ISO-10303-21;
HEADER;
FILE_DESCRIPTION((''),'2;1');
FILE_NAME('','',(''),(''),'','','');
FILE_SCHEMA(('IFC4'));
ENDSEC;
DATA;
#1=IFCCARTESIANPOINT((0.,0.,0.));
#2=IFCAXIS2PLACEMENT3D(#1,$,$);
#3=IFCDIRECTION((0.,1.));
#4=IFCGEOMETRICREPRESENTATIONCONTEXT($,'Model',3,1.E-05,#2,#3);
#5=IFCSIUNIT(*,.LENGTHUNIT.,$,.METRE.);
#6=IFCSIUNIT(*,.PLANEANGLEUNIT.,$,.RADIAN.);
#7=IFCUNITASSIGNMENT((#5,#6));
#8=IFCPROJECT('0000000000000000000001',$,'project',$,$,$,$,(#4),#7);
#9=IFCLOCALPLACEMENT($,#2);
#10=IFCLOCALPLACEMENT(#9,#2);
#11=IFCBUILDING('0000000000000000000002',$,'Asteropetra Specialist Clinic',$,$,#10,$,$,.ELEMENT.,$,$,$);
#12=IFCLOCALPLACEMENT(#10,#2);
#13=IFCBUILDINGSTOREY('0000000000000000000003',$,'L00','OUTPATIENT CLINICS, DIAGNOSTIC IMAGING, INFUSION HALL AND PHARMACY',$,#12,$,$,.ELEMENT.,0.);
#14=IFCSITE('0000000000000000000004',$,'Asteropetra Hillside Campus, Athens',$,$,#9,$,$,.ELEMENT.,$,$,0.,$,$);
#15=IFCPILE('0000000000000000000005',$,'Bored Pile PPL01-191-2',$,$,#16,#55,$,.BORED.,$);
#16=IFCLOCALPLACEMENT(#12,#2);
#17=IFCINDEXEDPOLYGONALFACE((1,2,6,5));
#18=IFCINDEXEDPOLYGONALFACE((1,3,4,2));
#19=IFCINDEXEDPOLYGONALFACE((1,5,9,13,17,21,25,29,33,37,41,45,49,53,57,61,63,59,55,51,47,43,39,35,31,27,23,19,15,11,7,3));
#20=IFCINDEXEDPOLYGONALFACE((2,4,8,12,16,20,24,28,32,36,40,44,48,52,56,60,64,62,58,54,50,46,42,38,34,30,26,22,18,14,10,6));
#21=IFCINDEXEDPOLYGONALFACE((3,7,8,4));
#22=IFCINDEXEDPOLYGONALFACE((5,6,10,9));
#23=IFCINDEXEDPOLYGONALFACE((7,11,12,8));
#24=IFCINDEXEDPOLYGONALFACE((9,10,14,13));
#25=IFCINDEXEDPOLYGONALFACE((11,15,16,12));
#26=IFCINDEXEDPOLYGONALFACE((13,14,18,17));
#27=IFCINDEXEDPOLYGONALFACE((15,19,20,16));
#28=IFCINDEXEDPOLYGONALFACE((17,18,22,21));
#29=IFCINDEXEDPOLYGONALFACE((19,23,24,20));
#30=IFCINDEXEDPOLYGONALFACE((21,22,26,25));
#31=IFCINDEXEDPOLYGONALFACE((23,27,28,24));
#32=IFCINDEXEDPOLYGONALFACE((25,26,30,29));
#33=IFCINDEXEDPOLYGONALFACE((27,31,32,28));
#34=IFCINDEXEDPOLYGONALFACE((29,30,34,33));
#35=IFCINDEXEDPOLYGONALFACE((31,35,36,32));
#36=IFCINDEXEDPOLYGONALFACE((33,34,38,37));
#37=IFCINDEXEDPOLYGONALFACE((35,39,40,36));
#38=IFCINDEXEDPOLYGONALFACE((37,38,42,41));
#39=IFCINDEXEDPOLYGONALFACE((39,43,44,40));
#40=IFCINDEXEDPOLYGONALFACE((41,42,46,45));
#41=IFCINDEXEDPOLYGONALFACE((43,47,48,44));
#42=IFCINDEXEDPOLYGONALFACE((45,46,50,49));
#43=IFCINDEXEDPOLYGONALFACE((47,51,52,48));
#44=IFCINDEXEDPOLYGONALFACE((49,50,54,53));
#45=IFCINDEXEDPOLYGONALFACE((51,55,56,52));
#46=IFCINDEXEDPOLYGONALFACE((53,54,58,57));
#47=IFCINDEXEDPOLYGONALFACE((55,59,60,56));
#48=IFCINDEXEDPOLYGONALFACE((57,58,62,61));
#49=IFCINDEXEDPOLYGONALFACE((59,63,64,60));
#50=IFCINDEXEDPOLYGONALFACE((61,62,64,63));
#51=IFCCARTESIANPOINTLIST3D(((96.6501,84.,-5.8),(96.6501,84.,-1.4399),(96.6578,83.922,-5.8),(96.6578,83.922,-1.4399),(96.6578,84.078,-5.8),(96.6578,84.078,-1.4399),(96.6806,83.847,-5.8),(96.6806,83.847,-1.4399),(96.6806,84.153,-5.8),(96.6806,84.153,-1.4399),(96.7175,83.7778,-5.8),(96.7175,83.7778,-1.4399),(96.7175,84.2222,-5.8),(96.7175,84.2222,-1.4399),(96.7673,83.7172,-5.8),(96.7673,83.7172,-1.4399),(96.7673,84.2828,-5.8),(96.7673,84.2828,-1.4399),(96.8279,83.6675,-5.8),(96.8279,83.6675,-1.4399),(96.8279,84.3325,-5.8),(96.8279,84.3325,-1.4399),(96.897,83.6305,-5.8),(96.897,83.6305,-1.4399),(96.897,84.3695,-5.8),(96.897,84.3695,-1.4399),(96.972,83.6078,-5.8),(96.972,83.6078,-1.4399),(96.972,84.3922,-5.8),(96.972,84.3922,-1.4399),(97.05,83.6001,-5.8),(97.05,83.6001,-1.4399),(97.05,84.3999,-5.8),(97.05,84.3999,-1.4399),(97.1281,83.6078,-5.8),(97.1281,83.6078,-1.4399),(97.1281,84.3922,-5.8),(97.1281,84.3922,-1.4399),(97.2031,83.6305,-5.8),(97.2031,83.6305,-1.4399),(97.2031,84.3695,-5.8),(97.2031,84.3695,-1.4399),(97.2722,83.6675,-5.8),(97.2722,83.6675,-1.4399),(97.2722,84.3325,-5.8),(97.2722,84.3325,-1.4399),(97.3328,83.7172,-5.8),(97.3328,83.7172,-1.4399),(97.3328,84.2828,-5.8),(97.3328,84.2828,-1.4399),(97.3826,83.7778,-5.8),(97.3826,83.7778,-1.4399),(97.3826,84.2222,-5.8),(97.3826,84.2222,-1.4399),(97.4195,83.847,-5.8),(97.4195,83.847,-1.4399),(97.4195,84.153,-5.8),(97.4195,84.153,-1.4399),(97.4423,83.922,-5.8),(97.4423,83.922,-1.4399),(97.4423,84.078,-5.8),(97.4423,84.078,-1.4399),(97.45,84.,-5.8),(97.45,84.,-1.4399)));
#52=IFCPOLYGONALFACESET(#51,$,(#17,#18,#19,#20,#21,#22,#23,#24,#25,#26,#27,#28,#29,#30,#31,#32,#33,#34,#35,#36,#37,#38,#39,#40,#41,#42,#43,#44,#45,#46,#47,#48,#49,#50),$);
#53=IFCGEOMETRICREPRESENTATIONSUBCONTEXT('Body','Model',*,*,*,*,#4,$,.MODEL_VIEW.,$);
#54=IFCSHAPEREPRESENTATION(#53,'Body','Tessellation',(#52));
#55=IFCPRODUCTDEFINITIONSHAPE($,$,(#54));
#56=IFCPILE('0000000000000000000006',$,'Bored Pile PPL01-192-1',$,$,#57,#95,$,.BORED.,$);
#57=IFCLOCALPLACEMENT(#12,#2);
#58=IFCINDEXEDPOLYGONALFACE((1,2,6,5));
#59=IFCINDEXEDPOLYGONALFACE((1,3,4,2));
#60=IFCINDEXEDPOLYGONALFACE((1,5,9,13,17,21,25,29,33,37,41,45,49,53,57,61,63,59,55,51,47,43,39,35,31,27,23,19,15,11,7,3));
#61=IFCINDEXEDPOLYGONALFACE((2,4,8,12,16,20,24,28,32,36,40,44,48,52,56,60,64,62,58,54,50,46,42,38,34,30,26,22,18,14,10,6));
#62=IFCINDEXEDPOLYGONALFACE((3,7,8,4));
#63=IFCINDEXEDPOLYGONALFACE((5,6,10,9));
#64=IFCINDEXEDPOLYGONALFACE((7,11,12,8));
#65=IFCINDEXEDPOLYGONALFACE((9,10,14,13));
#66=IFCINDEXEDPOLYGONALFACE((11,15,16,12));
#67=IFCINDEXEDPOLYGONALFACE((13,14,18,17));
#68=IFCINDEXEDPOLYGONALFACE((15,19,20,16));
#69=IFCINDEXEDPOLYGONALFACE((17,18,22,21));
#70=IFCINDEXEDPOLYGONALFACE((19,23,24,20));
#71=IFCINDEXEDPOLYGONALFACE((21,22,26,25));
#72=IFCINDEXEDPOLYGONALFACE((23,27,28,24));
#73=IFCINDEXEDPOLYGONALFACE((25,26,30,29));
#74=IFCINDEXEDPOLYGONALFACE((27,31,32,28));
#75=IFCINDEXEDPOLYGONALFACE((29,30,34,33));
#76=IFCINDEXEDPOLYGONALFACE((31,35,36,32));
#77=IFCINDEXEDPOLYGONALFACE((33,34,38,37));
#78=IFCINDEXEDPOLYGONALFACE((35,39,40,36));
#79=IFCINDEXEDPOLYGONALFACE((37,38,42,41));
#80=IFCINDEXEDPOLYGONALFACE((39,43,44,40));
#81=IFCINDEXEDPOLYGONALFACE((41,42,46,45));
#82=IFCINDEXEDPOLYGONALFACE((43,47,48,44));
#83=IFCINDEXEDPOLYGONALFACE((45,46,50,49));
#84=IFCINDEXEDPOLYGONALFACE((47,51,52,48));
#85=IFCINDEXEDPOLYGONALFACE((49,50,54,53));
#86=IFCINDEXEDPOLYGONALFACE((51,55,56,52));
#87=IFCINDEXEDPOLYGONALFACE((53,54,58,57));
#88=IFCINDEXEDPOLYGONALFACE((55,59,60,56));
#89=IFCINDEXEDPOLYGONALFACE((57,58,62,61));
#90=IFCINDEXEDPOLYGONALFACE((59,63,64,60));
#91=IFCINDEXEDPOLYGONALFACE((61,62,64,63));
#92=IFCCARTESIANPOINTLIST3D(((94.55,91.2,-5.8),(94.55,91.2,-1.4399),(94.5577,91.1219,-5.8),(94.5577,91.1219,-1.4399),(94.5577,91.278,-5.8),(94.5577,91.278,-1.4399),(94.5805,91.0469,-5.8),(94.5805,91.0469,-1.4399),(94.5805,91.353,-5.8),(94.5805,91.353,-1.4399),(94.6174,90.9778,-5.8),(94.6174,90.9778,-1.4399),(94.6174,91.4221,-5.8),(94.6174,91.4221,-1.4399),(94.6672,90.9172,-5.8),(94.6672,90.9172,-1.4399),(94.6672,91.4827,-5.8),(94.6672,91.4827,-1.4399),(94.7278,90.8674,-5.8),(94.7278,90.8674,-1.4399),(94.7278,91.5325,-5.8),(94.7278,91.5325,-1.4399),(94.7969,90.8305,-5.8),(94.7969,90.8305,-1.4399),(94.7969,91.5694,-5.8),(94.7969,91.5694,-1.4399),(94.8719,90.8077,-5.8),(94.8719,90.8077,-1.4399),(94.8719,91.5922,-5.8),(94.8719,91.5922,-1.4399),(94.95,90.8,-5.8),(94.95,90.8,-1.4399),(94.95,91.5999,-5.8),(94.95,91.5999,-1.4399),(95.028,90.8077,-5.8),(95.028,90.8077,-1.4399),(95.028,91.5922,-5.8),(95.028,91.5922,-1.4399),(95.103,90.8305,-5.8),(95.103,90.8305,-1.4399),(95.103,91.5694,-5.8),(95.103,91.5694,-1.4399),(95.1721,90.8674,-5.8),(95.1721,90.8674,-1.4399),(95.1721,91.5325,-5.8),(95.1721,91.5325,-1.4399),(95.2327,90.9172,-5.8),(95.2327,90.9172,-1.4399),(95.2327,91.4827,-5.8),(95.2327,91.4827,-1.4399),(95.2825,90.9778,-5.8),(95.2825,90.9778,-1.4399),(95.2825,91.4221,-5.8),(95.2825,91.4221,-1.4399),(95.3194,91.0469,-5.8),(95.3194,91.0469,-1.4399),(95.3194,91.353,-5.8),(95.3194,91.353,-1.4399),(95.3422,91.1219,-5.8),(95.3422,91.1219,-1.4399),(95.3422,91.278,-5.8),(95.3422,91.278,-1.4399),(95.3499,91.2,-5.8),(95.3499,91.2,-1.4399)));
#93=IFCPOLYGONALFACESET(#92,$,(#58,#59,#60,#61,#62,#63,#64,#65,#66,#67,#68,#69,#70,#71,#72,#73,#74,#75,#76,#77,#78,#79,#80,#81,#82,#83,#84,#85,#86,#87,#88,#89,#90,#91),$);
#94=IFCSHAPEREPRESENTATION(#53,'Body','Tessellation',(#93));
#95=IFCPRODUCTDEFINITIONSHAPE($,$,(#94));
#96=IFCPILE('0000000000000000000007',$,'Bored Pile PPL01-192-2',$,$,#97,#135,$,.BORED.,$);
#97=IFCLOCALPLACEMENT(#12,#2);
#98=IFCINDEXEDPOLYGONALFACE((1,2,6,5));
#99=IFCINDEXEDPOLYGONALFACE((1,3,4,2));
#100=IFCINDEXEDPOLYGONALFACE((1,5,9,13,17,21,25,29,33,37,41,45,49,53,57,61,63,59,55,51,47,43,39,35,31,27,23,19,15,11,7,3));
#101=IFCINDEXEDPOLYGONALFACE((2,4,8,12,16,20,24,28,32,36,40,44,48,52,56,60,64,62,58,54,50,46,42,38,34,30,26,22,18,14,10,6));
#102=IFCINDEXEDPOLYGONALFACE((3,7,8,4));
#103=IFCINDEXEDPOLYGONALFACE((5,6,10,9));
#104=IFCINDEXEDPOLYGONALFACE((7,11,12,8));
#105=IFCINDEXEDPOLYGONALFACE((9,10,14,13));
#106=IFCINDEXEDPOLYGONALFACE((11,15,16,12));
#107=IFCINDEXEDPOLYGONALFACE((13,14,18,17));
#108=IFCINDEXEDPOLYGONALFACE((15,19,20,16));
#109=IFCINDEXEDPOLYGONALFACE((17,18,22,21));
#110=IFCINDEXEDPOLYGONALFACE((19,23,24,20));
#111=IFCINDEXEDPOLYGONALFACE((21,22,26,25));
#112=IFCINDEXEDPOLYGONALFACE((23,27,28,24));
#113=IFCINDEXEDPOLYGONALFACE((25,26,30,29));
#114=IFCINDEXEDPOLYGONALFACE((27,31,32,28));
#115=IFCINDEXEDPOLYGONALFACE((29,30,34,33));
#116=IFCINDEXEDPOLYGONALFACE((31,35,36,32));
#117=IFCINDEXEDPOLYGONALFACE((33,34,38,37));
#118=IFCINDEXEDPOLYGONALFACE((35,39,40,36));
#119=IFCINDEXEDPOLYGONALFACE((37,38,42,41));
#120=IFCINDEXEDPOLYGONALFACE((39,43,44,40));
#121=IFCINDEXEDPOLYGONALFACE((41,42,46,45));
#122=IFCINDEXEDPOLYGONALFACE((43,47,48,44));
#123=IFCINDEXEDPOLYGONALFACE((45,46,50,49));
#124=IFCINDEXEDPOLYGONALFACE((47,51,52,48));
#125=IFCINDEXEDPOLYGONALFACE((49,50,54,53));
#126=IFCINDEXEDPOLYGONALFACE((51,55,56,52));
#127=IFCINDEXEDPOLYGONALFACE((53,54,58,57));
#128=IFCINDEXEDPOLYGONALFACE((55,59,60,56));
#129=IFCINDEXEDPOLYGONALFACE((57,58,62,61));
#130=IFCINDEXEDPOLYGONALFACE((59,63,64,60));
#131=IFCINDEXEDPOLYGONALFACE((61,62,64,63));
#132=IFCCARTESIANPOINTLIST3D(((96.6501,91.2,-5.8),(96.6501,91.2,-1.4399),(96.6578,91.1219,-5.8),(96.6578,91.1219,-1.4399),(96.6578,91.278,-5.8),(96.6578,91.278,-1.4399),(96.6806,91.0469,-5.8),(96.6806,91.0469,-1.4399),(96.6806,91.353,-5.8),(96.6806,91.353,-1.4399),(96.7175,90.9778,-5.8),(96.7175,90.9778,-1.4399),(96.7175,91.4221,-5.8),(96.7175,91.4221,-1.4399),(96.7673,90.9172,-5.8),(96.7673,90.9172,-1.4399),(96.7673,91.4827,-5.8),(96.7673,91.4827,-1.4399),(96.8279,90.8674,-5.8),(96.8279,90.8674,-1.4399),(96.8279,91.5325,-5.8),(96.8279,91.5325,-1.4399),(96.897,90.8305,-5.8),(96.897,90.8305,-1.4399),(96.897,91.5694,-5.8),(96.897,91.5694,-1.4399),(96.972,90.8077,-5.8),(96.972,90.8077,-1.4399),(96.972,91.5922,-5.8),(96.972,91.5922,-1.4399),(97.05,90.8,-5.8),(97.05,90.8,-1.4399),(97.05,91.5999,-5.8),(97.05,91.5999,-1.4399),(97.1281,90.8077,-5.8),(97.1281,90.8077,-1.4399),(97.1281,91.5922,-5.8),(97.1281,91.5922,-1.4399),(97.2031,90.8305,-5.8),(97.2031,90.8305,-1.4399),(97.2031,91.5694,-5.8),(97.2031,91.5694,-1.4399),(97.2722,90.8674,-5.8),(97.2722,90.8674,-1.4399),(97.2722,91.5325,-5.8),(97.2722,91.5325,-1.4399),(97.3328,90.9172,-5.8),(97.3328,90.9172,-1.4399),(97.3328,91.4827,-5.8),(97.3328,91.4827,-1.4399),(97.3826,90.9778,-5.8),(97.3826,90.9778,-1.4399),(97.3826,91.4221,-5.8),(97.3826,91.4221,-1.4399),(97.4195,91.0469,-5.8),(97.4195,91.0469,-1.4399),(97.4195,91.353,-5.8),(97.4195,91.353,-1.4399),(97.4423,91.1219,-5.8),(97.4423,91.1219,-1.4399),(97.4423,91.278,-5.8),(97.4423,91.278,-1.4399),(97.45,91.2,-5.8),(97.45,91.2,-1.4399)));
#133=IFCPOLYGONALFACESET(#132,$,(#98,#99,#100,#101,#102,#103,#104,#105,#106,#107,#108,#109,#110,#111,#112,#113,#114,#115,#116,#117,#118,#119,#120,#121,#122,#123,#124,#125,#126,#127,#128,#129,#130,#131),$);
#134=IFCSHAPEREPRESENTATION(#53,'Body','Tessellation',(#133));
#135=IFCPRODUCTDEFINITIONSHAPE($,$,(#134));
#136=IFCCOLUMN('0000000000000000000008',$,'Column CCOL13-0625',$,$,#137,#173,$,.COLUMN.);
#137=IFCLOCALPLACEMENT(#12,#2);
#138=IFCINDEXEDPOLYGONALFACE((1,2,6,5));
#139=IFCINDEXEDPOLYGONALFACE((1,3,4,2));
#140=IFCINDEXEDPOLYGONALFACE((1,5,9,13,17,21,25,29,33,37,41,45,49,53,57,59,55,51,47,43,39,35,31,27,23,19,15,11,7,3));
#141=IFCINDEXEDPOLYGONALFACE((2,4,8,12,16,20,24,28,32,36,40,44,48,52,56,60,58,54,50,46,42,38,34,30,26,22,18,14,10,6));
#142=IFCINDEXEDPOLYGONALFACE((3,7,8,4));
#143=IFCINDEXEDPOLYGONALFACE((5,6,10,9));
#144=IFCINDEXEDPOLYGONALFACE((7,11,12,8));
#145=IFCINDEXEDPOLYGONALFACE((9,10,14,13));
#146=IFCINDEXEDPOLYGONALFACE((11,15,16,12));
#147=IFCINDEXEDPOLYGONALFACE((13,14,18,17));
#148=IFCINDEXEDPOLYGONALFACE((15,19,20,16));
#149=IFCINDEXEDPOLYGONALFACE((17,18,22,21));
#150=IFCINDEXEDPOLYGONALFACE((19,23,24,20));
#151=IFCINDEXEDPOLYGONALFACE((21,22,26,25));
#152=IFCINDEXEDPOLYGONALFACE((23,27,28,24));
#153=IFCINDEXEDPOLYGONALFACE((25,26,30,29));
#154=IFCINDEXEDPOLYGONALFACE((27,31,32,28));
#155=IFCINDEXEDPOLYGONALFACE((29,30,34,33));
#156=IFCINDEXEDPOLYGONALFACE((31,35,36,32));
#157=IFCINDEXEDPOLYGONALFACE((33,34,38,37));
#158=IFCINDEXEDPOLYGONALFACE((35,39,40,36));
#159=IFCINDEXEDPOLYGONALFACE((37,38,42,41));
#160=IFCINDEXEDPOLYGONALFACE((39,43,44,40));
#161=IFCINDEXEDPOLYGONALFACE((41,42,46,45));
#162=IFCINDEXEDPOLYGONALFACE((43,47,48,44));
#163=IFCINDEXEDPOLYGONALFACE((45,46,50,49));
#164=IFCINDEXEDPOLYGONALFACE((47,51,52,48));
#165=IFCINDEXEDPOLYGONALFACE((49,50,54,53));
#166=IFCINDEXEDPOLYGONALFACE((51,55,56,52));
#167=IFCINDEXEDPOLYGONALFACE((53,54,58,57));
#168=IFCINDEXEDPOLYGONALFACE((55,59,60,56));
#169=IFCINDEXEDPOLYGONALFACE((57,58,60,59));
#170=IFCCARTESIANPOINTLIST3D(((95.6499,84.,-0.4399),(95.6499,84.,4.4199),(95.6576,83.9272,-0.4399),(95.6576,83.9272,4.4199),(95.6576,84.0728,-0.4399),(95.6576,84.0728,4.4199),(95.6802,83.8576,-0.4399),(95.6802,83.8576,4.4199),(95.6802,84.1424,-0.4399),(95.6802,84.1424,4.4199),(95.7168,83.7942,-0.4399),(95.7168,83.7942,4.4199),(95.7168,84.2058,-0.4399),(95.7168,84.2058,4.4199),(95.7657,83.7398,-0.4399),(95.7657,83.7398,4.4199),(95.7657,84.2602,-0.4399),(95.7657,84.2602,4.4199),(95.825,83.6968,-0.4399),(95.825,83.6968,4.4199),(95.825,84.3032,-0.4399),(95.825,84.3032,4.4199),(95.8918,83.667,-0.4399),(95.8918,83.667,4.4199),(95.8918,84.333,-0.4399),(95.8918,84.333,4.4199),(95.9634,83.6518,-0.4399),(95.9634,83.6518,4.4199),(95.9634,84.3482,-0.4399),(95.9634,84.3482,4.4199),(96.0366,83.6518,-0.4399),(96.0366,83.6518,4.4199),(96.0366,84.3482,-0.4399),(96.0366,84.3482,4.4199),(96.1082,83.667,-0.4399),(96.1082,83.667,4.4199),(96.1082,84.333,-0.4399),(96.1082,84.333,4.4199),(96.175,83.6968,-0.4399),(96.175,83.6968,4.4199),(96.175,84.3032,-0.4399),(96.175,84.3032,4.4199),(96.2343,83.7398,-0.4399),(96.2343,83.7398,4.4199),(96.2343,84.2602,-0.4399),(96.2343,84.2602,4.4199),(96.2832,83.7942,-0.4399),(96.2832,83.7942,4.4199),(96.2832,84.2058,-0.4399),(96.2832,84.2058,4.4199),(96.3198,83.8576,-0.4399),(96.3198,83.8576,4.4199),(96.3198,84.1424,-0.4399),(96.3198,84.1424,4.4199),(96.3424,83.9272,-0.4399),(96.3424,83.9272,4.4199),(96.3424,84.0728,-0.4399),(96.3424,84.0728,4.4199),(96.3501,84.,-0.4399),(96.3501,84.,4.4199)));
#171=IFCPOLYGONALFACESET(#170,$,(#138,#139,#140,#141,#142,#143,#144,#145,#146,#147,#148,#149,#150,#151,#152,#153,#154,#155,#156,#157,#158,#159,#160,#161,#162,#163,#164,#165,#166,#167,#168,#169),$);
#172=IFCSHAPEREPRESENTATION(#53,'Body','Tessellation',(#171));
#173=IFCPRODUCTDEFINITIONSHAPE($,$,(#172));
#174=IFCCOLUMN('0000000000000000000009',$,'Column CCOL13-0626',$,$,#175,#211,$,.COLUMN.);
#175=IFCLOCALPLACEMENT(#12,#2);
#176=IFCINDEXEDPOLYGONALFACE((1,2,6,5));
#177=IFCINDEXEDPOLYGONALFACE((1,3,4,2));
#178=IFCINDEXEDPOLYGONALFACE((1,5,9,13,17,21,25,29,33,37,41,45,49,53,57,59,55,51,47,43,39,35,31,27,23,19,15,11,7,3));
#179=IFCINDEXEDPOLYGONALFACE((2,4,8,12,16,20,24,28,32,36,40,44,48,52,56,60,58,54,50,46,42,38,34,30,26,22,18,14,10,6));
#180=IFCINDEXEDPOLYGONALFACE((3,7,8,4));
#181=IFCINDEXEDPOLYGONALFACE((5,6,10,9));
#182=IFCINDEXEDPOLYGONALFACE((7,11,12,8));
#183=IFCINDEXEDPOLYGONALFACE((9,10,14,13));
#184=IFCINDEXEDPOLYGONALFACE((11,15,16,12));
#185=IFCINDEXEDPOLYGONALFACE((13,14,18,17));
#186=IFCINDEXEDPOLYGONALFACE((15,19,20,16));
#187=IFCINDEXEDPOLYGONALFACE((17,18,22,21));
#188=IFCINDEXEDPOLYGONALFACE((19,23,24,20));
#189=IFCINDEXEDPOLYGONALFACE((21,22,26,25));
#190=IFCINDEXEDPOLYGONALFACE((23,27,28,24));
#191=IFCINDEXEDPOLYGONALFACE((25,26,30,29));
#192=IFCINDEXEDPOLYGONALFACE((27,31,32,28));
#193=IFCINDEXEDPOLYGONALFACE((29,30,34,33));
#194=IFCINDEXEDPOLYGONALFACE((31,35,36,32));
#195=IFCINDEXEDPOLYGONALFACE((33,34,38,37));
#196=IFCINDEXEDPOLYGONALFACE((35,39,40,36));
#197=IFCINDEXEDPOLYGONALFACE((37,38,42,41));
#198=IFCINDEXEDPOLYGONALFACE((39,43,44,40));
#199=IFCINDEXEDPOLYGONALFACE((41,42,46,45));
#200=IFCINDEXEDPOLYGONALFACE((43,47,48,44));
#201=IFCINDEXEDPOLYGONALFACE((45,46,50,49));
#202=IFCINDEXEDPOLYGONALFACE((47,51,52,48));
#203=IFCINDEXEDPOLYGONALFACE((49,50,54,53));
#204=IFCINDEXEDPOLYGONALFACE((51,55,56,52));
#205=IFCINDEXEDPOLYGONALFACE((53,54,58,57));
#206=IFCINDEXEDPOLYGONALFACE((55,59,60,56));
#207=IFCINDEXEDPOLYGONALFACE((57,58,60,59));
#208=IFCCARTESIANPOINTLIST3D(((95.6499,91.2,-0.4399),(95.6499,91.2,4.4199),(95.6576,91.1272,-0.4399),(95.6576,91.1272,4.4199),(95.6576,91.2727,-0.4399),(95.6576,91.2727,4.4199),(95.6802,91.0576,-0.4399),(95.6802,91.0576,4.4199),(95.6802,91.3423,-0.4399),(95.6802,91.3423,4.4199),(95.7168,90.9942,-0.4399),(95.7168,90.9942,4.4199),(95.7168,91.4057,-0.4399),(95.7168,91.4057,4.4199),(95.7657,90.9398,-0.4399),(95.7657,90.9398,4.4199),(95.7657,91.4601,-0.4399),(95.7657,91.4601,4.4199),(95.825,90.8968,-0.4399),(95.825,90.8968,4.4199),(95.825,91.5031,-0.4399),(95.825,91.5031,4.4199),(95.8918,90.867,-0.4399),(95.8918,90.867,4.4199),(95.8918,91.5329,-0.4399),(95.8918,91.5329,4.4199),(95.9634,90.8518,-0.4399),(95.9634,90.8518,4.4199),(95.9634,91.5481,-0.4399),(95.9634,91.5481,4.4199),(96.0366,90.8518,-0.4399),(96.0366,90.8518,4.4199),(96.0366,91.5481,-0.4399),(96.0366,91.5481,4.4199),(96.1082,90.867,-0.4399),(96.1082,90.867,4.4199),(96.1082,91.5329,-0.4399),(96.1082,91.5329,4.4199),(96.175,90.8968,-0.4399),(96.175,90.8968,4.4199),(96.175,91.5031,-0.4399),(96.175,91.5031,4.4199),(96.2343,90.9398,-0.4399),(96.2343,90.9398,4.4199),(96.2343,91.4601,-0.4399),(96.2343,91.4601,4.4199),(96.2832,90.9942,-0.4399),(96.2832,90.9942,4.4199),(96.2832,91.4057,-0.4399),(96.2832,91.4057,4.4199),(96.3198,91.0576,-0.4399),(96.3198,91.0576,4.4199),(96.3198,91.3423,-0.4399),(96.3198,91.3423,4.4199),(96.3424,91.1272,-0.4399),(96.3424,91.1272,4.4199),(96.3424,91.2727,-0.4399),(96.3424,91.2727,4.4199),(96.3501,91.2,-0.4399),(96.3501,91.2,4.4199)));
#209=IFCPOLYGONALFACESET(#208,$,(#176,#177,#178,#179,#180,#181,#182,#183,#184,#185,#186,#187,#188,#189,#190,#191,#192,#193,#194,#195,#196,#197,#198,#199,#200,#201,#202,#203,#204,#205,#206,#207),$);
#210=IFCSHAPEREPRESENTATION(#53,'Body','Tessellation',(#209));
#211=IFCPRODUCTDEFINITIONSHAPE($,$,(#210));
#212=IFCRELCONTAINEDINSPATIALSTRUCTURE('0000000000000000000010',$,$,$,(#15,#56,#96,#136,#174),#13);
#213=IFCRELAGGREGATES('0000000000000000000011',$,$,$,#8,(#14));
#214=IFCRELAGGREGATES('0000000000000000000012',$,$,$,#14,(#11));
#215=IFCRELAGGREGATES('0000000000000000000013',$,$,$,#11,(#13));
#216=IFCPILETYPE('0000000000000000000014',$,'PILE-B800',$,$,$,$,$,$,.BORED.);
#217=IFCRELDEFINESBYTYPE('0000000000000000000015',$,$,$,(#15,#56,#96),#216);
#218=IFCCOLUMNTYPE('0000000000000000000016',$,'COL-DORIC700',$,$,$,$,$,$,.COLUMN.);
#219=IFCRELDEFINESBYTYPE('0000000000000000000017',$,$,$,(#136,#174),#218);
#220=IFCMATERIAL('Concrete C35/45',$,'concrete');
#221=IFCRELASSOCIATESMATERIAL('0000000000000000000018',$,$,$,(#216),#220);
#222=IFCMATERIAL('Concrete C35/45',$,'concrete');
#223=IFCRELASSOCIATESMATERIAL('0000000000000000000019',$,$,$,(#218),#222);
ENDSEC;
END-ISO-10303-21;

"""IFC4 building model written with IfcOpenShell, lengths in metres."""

from ifc_helpers import new_model, si_unit, direction, frame, origin, origin_2d, place, context, subcontext, project, spatial, circle, extrude, material, material_profile, profile_set, type_object, element, save


model = new_model("IFC4")

# Units and contexts
model_context = context("Model", 3, precision=1e-05, world=origin(), true_north=direction((0.0, 1.0)))
body_context = subcontext(model_context, "Body", "Model", "MODEL_VIEW")
ifc_project = project(units=[si_unit("LENGTHUNIT", "METRE"), si_unit("PLANEANGLEUNIT", "RADIAN")], contexts=[model_context])

# Site, building, storey
site_placement = place(None, origin())
site = spatial("IfcSite", under=ifc_project, at=site_placement, Name="Asteropetra Hillside Campus, Athens", CompositionType="ELEMENT", RefElevation=0.0)
building_placement = place(site_placement, origin())
building = spatial("IfcBuilding", under=site, at=building_placement, Name="Asteropetra Specialist Clinic", CompositionType="ELEMENT")
storey_placement = place(building_placement, origin())
storey = spatial("IfcBuildingStorey", under=building, at=storey_placement, Name="L00", Description="OUTPATIENT CLINICS, DIAGNOSTIC IMAGING, INFUSION HALL AND PHARMACY", CompositionType="ELEMENT", Elevation=0.0)

# Piles
ifc_material_1 = material(Name="Concrete C35/45", Category="concrete")
ifc_material_profile_1 = material_profile(ifc_material_1, circle(Radius=0.3999, at=origin_2d()), Name="PILE D800")
ifc_profile_set_1 = profile_set([ifc_material_profile_1], Name="Concrete C35/45")
pile_type = type_object("IfcPileType", Name="PILE-B800", PredefinedType="BORED", material=ifc_profile_set_1)
for number, where, z_axis, x_axis, name in (
    (1, (97.05, 84.0, -1.4399), (0.0, 0.0, -1.0), (1.0, 0.0, 0.0), "Bored Pile PPL01-191-2"),
    (2, (94.95, 91.2, -1.4399), (0.0, 0.0, -1.0), (1.0, 0.0, 0.0), "Bored Pile PPL01-192-1"),
    (3, (97.05, 91.2, -1.4399), (0.0, 0.0, -1.0), (1.0, 0.0, 0.0), "Bored Pile PPL01-192-2"),
):
    element("IfcPile", number, at=place(storey_placement, frame(where, z_axis=z_axis, x_axis=x_axis)), inside=storey, type_object=pile_type, Name=name, PredefinedType="BORED", context=body_context, shape_type="SweptSolid", body=[
        extrude(circle(Radius=0.3999, at=origin_2d()), origin(), (0.0, 0.0, 1.0), 4.3601),
    ])

# Columns
ifc_material_2 = material(Name="Concrete C35/45", Category="concrete")
ifc_material_profile_2 = material_profile(ifc_material_2, circle(Radius=0.3501, at=origin_2d()), Name="RCC D700")
ifc_profile_set_2 = profile_set([ifc_material_profile_2], Name="Concrete C35/45")
column_type = type_object("IfcColumnType", Name="COL-DORIC700", PredefinedType="COLUMN", material=ifc_profile_set_2)
for number, where, z_axis, x_axis, name in (
    (4, (96.0, 84.0, -0.4399), (0.0, 0.0, 1.0), (1.0, 0.0, 0.0), "Column CCOL13-0625"),
    (5, (96.0, 91.2, -0.4399), (0.0, 0.0, 1.0), (1.0, 0.0, 0.0), "Column CCOL13-0626"),
):
    element("IfcColumn", number, at=place(storey_placement, frame(where, z_axis=z_axis, x_axis=x_axis)), inside=storey, type_object=column_type, Name=name, PredefinedType="COLUMN", context=body_context, shape_type="SweptSolid", body=[
        extrude(circle(Radius=0.3501, at=origin_2d()), origin(), (0.0, 0.0, 1.0), 4.8599),
    ])

save(model, "model.ifc")
